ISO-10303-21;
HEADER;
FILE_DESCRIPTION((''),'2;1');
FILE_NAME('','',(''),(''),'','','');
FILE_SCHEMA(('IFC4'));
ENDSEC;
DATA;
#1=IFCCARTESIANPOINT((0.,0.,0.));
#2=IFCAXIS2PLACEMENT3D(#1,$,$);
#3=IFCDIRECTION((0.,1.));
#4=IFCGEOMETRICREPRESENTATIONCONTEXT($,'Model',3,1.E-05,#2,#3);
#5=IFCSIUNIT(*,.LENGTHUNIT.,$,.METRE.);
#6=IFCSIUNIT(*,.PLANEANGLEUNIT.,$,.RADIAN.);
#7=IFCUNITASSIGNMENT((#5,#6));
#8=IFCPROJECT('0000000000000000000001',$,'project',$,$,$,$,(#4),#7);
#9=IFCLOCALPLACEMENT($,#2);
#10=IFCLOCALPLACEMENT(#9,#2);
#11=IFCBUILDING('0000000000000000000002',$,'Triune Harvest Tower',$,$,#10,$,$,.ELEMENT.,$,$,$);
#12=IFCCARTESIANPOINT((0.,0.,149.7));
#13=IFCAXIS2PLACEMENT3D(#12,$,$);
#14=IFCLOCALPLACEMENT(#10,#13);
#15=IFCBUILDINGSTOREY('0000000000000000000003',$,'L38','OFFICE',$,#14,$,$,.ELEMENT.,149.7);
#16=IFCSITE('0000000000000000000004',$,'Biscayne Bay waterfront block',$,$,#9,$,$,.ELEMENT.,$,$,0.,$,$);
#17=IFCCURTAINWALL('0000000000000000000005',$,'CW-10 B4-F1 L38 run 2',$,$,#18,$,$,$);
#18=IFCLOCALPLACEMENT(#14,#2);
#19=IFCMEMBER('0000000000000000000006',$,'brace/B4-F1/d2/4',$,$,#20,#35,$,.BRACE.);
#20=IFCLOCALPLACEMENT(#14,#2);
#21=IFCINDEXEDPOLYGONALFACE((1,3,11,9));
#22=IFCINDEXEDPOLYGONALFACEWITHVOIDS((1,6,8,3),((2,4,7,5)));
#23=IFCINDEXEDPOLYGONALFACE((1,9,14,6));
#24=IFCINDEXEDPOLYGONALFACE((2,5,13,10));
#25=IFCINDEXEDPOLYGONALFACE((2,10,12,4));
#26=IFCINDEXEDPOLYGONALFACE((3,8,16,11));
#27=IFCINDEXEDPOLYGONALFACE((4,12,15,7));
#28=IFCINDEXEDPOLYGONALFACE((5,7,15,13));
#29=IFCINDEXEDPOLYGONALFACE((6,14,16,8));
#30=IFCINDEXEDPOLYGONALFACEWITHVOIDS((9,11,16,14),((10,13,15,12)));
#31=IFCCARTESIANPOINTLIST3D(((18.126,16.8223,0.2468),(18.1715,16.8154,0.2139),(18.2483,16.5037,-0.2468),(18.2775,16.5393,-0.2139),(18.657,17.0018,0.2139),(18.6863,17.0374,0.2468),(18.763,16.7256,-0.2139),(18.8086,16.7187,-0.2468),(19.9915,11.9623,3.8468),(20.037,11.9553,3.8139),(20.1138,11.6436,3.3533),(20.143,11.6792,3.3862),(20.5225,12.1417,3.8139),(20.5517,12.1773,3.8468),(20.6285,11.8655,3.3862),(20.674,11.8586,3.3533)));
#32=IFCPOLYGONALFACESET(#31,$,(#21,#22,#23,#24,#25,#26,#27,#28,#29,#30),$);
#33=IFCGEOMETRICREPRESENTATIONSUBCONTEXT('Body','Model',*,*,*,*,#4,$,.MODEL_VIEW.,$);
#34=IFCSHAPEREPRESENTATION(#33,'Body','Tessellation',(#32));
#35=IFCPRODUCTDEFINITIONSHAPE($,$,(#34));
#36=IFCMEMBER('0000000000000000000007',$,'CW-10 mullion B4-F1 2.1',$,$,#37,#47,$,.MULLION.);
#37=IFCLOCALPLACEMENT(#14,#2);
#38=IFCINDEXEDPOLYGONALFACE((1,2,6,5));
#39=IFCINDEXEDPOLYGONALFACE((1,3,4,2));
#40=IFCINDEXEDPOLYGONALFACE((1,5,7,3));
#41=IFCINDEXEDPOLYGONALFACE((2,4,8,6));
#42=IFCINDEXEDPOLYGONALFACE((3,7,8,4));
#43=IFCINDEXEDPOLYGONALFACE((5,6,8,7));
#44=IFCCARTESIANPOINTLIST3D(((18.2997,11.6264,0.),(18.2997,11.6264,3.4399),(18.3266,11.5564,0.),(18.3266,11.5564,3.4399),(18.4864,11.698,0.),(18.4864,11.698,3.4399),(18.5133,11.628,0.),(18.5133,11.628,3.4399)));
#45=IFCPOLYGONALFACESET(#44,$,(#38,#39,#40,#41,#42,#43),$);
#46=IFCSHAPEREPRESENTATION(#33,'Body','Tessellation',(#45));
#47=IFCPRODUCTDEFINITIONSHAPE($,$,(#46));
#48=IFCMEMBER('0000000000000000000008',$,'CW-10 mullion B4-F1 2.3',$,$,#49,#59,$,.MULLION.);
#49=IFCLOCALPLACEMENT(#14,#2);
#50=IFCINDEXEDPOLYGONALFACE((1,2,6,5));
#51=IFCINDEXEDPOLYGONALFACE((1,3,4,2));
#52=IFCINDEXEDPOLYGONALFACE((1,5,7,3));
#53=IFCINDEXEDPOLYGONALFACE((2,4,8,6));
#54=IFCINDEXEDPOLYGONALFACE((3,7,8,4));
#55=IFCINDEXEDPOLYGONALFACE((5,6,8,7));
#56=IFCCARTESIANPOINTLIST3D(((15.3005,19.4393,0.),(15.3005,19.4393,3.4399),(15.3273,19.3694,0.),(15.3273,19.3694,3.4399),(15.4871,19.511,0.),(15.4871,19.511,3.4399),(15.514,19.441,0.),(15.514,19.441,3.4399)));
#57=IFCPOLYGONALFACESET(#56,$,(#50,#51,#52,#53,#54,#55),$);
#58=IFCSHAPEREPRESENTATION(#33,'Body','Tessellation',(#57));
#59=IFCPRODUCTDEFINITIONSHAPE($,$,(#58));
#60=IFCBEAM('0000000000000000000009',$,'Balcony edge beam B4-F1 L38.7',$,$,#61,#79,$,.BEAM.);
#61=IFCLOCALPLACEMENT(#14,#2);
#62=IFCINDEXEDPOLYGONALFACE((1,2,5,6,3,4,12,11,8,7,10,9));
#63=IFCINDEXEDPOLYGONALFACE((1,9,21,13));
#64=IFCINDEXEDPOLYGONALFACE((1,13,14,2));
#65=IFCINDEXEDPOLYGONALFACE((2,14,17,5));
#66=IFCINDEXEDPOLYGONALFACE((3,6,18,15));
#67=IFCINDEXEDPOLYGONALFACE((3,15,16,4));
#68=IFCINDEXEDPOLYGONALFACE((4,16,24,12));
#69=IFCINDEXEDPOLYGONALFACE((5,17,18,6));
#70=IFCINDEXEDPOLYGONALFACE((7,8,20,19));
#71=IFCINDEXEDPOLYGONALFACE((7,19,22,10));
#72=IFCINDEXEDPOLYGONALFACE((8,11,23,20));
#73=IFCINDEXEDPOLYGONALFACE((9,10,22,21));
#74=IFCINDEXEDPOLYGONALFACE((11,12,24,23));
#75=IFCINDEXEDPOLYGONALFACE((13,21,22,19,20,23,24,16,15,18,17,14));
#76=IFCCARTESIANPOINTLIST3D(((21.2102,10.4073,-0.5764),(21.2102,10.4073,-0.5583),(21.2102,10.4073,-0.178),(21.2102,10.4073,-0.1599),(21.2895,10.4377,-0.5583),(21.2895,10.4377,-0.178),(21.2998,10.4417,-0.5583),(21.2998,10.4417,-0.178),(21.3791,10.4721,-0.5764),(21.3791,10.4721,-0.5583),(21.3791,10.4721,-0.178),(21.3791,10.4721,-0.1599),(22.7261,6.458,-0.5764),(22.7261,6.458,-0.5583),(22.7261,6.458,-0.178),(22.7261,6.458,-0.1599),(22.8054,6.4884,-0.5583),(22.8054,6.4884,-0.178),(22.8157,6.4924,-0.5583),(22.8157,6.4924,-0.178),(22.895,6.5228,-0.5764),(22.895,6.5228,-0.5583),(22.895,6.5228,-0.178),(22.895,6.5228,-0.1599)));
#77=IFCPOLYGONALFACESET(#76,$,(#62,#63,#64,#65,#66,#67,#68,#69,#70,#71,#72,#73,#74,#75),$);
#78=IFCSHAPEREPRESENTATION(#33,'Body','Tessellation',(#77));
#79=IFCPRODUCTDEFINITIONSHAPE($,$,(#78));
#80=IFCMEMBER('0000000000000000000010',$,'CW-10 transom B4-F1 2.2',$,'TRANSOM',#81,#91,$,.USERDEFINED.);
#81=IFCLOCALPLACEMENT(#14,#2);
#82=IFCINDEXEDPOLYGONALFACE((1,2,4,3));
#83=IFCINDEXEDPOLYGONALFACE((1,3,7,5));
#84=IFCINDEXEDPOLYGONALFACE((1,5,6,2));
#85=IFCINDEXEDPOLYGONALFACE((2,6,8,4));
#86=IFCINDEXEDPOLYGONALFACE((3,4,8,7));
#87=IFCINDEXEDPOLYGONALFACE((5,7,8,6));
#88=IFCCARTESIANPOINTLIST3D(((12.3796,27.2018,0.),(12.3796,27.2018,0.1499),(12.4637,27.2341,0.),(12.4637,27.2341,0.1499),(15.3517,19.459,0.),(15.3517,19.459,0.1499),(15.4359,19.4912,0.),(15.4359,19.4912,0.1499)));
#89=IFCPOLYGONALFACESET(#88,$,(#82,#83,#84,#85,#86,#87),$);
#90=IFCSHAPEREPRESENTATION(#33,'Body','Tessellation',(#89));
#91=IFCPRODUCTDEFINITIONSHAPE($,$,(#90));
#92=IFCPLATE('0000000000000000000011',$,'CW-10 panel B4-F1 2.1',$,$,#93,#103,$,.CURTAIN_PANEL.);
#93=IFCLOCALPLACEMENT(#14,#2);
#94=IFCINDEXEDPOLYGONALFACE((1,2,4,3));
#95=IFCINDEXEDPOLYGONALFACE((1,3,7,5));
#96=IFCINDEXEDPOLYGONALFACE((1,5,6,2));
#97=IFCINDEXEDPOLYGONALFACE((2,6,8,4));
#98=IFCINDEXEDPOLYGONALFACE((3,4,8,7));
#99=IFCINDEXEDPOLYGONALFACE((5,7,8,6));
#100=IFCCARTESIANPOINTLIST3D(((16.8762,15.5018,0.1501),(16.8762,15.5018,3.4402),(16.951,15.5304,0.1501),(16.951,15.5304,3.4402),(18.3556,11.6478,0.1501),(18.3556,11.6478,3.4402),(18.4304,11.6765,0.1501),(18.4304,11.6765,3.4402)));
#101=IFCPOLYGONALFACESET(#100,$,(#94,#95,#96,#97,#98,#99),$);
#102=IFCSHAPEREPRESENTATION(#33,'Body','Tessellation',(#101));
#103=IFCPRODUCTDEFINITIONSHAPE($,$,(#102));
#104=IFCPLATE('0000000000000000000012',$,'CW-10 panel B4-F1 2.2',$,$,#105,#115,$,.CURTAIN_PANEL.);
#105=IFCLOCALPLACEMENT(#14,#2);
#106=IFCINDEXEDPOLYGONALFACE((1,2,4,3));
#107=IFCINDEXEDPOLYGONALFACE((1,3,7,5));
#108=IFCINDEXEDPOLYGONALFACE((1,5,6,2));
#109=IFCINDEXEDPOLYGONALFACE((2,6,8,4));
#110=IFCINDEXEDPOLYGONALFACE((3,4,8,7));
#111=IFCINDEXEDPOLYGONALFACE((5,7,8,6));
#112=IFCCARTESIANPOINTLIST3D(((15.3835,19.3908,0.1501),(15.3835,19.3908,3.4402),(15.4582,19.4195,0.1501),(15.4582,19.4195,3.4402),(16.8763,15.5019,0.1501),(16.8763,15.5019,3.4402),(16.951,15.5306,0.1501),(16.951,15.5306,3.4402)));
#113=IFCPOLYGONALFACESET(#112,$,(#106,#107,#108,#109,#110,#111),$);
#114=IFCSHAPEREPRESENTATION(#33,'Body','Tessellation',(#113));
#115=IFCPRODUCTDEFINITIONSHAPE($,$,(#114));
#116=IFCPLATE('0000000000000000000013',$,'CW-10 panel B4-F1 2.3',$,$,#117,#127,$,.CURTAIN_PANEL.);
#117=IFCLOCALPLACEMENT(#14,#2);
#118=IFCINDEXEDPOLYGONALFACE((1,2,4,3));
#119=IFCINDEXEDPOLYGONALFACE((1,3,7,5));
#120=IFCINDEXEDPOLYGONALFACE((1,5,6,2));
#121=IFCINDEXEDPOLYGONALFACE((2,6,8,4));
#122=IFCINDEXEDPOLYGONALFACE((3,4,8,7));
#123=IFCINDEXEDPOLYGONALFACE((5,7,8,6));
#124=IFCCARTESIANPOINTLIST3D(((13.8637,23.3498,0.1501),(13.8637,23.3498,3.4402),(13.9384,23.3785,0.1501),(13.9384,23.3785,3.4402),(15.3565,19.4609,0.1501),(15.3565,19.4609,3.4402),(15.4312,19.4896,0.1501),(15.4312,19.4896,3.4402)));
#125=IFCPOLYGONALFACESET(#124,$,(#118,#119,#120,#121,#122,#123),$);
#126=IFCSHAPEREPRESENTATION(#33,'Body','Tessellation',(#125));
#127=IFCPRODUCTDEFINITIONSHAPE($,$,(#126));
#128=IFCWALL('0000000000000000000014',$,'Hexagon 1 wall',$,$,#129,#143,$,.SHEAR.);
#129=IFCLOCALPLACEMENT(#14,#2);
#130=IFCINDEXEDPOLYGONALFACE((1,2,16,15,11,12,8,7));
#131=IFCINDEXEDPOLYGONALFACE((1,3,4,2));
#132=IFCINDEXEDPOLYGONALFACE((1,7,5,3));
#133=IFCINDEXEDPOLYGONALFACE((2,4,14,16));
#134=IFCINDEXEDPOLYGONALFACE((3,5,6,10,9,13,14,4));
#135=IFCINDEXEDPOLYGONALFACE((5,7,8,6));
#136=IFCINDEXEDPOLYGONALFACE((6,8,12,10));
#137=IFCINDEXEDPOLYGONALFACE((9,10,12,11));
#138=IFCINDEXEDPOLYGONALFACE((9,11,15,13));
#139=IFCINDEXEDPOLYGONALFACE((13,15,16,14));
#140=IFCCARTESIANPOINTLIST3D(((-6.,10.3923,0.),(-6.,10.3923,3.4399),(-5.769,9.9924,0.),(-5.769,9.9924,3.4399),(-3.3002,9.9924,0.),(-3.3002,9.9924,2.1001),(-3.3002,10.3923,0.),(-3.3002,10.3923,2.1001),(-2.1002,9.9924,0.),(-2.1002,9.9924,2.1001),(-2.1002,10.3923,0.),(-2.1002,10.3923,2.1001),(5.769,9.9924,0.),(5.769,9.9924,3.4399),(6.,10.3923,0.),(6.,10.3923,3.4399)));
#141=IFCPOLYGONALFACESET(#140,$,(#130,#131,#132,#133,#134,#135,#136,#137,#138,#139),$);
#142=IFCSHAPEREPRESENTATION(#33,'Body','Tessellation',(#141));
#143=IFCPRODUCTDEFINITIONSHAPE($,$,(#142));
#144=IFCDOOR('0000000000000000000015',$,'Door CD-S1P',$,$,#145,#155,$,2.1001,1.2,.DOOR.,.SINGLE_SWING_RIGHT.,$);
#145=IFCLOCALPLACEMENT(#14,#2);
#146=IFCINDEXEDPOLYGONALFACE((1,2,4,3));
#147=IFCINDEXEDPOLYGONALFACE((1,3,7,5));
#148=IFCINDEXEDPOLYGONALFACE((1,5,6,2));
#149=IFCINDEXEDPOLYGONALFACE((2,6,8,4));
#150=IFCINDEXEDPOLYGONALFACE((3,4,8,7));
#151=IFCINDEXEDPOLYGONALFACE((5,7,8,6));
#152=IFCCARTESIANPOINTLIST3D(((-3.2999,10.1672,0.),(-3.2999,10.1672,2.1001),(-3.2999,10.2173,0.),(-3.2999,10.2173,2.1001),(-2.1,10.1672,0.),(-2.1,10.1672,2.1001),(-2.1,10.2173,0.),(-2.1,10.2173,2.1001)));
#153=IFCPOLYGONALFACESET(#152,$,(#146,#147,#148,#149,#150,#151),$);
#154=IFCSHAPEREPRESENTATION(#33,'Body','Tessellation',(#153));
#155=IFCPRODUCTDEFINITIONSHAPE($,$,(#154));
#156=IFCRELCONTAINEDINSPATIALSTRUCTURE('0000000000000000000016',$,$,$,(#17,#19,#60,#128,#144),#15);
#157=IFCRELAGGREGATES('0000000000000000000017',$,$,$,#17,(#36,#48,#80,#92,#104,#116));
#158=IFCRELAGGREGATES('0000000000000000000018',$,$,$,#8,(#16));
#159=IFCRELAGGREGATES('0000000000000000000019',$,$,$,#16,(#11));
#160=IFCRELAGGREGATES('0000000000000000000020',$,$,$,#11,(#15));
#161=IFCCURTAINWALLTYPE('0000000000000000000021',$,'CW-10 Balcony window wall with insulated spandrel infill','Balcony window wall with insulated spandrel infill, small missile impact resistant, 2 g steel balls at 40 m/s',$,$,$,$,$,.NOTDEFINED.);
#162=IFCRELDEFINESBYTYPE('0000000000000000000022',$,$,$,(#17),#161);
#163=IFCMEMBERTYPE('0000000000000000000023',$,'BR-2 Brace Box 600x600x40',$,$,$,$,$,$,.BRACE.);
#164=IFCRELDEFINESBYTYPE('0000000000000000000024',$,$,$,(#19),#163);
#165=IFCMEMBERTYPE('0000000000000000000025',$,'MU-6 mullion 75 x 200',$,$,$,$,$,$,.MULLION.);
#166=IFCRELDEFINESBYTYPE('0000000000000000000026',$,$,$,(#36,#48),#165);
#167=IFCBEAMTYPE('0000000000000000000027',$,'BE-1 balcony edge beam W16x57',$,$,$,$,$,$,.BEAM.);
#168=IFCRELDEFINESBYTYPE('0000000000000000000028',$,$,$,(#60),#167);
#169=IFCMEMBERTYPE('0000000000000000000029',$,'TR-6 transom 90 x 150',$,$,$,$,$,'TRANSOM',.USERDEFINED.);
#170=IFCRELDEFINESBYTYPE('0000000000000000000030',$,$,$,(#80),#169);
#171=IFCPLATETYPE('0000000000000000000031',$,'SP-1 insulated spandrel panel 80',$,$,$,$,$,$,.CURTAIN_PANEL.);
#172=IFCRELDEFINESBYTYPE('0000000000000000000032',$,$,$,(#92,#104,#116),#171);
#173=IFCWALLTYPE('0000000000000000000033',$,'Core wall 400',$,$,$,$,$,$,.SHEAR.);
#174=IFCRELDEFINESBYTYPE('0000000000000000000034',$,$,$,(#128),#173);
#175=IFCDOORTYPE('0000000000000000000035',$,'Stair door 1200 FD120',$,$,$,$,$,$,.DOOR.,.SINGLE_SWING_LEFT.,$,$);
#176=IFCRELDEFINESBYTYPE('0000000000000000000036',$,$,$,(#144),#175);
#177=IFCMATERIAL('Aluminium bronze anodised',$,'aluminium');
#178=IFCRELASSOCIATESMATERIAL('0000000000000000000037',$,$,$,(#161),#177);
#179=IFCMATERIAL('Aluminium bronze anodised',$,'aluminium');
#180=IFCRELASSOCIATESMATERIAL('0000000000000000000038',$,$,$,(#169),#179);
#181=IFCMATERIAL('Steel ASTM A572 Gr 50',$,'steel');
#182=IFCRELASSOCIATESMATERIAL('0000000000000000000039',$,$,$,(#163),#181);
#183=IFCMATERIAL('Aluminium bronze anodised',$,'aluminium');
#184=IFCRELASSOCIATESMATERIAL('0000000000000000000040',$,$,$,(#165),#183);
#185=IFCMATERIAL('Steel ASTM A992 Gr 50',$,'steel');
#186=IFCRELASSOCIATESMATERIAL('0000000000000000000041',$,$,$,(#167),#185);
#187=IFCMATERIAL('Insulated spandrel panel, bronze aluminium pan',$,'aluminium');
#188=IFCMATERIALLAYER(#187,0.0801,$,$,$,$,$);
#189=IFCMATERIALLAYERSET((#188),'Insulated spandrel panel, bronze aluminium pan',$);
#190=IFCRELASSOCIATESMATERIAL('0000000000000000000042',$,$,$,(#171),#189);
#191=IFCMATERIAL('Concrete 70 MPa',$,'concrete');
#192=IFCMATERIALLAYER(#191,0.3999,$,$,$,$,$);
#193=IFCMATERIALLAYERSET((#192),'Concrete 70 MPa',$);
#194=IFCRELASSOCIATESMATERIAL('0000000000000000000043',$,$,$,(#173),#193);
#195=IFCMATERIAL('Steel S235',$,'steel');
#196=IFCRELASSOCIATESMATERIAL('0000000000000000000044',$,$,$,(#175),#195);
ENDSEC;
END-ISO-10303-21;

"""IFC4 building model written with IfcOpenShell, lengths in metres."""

from ifc_helpers import new_model, si_unit, direction, frame, frame_2d, origin, origin_2d, place, context, subcontext, project, spatial, polyline, rectangle, hollow_rectangle, i_section, outline, extrude, source, transform, mapped, material, layer, layer_set, material_profile, profile_set, type_object, element, fill, aggregate, save


model = new_model("IFC4")

# Units and contexts
model_context = context("Model", 3, precision=1e-05, world=origin(), true_north=direction((0.0, 1.0)))
body_context = subcontext(model_context, "Body", "Model", "MODEL_VIEW")
ifc_project = project(units=[si_unit("LENGTHUNIT", "METRE"), si_unit("PLANEANGLEUNIT", "RADIAN")], contexts=[model_context])

# Site, building, storey
site_placement = place(None, origin())
site = spatial("IfcSite", under=ifc_project, at=site_placement, Name="Biscayne Bay waterfront block", CompositionType="ELEMENT", RefElevation=0.0)
building_placement = place(site_placement, origin())
building = spatial("IfcBuilding", under=site, at=building_placement, Name="Triune Harvest Tower", CompositionType="ELEMENT")
storey_placement = place(building_placement, frame((0.0, 0.0, 149.7)))
storey = spatial("IfcBuildingStorey", under=building, at=storey_placement, Name="L38", Description="OFFICE", CompositionType="ELEMENT", Elevation=149.7)

# Curtain wall
ifc_material_1 = material(Name="Aluminium bronze anodised", Category="aluminium")
curtain_wall_type = type_object("IfcCurtainWallType", Name="CW-10 Balcony window wall with insulated spandrel infill", Description="Balcony window wall with insulated spandrel infill, small missile impact resistant, 2 g steel balls at 40 m/s", PredefinedType="NOTDEFINED", material=ifc_material_1)
curtain_wall_placement = place(storey_placement, origin())
curtain_wall = element("IfcCurtainWall", 1, at=curtain_wall_placement, inside=storey, type_object=curtain_wall_type, Name="CW-10 B4-F1 L38 run 2")
ifc_material_2 = material(Name="Aluminium bronze anodised", Category="aluminium")
ifc_material_profile_1 = material_profile(ifc_material_2, rectangle(XDim=0.0901, YDim=0.1499, at=origin_2d()), Name="TR-6 transom 90 x 150")
ifc_profile_set_1 = profile_set([ifc_material_profile_1], Name="Aluminium bronze anodised")
member_type_1 = type_object("IfcMemberType", Name="TR-6 transom 90 x 150", ElementType="TRANSOM", PredefinedType="USERDEFINED", material=ifc_profile_set_1)

# Members
ifc_material_3 = material(Name="Steel ASTM A572 Gr 50", Category="steel")
ifc_material_profile_2 = material_profile(ifc_material_3, hollow_rectangle(XDim=0.6001, YDim=0.6001, WallThickness=0.04, at=origin_2d()), Name="Box 600x600x40")
ifc_profile_set_2 = profile_set([ifc_material_profile_2], Name="Steel ASTM A572 Gr 50")
member_type_2 = type_object("IfcMemberType", Name="BR-2 Brace Box 600x600x40", PredefinedType="BRACE", material=ifc_profile_set_2)
shared_shape_1 = source(origin(), body_context, "Body", "SweptSolid", [
    extrude(hollow_rectangle(XDim=0.6001, YDim=0.6001, WallThickness=0.04, at=origin_2d()), origin(), (0.0, 0.0, 1.0), 6.3293),
])
member_1_placement = place(storey_placement, frame((18.4673, 16.7705, 0.0), z_axis=(0.294732, -0.767862, 0.568789), x_axis=(0.93359, 0.358344, 0.0)))
element("IfcMember", 2, at=member_1_placement, inside=storey, type_object=member_type_2, Name="brace/B4-F1/d2/4", PredefinedType="BRACE", context=body_context, shape_type="MappedRepresentation", body=[
    mapped(shared_shape_1, transform((0.0, 0.0, 0.0), scale=1.0)),
])
ifc_material_4 = material(Name="Aluminium bronze anodised", Category="aluminium")
ifc_material_profile_3 = material_profile(ifc_material_4, rectangle(XDim=0.2, YDim=0.075, at=origin_2d()), Name="MU-6 mullion 75 x 200")
ifc_profile_set_3 = profile_set([ifc_material_profile_3], Name="Aluminium bronze anodised")
member_type_3 = type_object("IfcMemberType", Name="MU-6 mullion 75 x 200", PredefinedType="MULLION", material=ifc_profile_set_3)
shared_shape_2 = source(origin(), body_context, "Body", "SweptSolid", [
    extrude(rectangle(XDim=0.2, YDim=0.075, at=origin_2d()), origin(), (0.0, 0.0, 1.0), 3.4399),
])
member_2_placement = place(storey_placement, frame((18.4065, 11.6272, 0.0), z_axis=(0.0, 0.0, 1.0), x_axis=(-0.933579, -0.358371, 0.0)))
member_2 = element("IfcMember", 3, at=member_2_placement, type_object=member_type_3, Name="CW-10 mullion B4-F1 2.1", PredefinedType="MULLION", context=body_context, shape_type="MappedRepresentation", body=[
    mapped(shared_shape_2, transform((0.0, 0.0, 0.0), scale=1.0)),
])
member_3_placement = place(storey_placement, frame((15.4072, 19.4402, 0.0), z_axis=(0.0, 0.0, 1.0), x_axis=(-0.933579, -0.358371, 0.0)))
member_3 = element("IfcMember", 4, at=member_3_placement, type_object=member_type_3, Name="CW-10 mullion B4-F1 2.3", PredefinedType="MULLION", context=body_context, shape_type="MappedRepresentation", body=[
    mapped(shared_shape_2, transform((0.0, 0.0, 0.0), scale=1.0)),
])

# Beam
ifc_material_5 = material(Name="Steel ASTM A992 Gr 50", Category="steel")
ifc_material_profile_4 = material_profile(ifc_material_5, i_section(OverallWidth=0.1809, OverallDepth=0.4165, WebThickness=0.011, FlangeThickness=0.0181, at=origin_2d()), Name="W16x57")
ifc_profile_set_4 = profile_set([ifc_material_profile_4], Name="Steel ASTM A992 Gr 50")
beam_type_1 = type_object("IfcBeamType", Name="BE-1 balcony edge beam W16x57", PredefinedType="BEAM", material=ifc_profile_set_4)
shared_shape_3 = source(origin(), body_context, "Body", "SweptSolid", [
    extrude(i_section(OverallWidth=0.1809, OverallDepth=0.4165, WebThickness=0.011, FlangeThickness=0.0181, at=origin_2d()), origin(), (0.0, 0.0, 1.0), 4.2302),
])
beam_1_placement = place(storey_placement, frame((21.2947, 10.4397, -0.3682), z_axis=(0.358349, -0.933588, 0.0), x_axis=(0.933588, 0.358349, 0.0)))
element("IfcBeam", 5, at=beam_1_placement, inside=storey, type_object=beam_type_1, Name="Balcony edge beam B4-F1 L38.7", PredefinedType="BEAM", context=body_context, shape_type="MappedRepresentation", body=[
    mapped(shared_shape_3, transform((0.0, 0.0, 0.0), scale=1.0)),
])

# Member
shared_shape_4 = source(origin(), body_context, "Body", "SweptSolid", [
    extrude(rectangle(XDim=0.0901, YDim=0.1499, at=origin_2d()), origin(), (0.0, 0.0, 1.0), 8.2937),
])
member_4_placement = place(storey_placement, frame((15.3938, 19.4751, 0.075), z_axis=(-0.358362, 0.933583, 0.0), x_axis=(-0.933583, -0.358362, 0.0)))
member_4 = element("IfcMember", 6, at=member_4_placement, type_object=member_type_1, Name="CW-10 transom B4-F1 2.2", ObjectType="TRANSOM", PredefinedType="USERDEFINED", context=body_context, shape_type="MappedRepresentation", body=[
    mapped(shared_shape_4, transform((0.0, 0.0, 0.0), scale=1.0)),
])

# Plates
ifc_material_6 = material(Name="Insulated spandrel panel, bronze aluminium pan", Category="aluminium")
ifc_layer_1 = layer(ifc_material_6, 0.0801)
ifc_layer_set_1 = layer_set([ifc_layer_1], Name="Insulated spandrel panel, bronze aluminium pan")
plate_type = type_object("IfcPlateType", Name="SP-1 insulated spandrel panel 80", PredefinedType="CURTAIN_PANEL", material=ifc_layer_set_1)
shared_shape_5 = source(origin(), body_context, "Body", "SweptSolid", [
    extrude(rectangle(XDim=4.1282, YDim=0.0801, at=origin_2d()), origin(), (0.0, 0.0, 1.0), 3.29),
])
plate_1_placement = place(storey_placement, frame((17.6533, 13.5891, 0.1501), z_axis=(0.0, 0.0, 1.0), x_axis=(-0.358371, 0.933579, 0.0)))
plate_1 = element("IfcPlate", 7, at=plate_1_placement, type_object=plate_type, Name="CW-10 panel B4-F1 2.1", PredefinedType="CURTAIN_PANEL", context=body_context, shape_type="MappedRepresentation", body=[
    mapped(shared_shape_5, transform((0.0, 0.0, 0.0), scale=1.0)),
])
shared_shape_6 = source(origin(), body_context, "Body", "SweptSolid", [
    extrude(rectangle(XDim=4.1655, YDim=0.0801, at=origin_2d()), origin(), (0.0, 0.0, 1.0), 3.29),
])
plate_2_placement = place(storey_placement, frame((16.1672, 17.4607, 0.1501), z_axis=(0.0, 0.0, 1.0), x_axis=(-0.358371, 0.933579, 0.0)))
plate_2 = element("IfcPlate", 8, at=plate_2_placement, type_object=plate_type, Name="CW-10 panel B4-F1 2.2", PredefinedType="CURTAIN_PANEL", context=body_context, shape_type="MappedRepresentation", body=[
    mapped(shared_shape_6, transform((0.0, 0.0, 0.0), scale=1.0)),
])
plate_3_placement = place(storey_placement, frame((14.6475, 21.4197, 0.1501), z_axis=(0.0, 0.0, 1.0), x_axis=(-0.358371, 0.933579, 0.0)))
plate_3 = element("IfcPlate", 9, at=plate_3_placement, type_object=plate_type, Name="CW-10 panel B4-F1 2.3", PredefinedType="CURTAIN_PANEL", context=body_context, shape_type="MappedRepresentation", body=[
    mapped(shared_shape_6, transform((0.0, 0.0, 0.0), scale=1.0)),
])
aggregate(curtain_wall, [member_2, member_3, member_4, plate_1, plate_2, plate_3])

# Wall, opening, door
ifc_material_7 = material(Name="Concrete 70 MPa", Category="concrete")
ifc_layer_2 = layer(ifc_material_7, 0.3999)
ifc_layer_set_2 = layer_set([ifc_layer_2], Name="Concrete 70 MPa")
wall_type_1 = type_object("IfcWallType", Name="Core wall 400", PredefinedType="SHEAR", material=ifc_layer_set_2)
shared_shape_7 = source(origin(), body_context, "Body", "SweptSolid", [
    extrude(outline(polyline([(-0.1155, -0.2), (11.8845, -0.2), (11.6536, 0.2), (0.1155, 0.2), (-0.1155, -0.2)])), origin(), (0.0, 0.0, 1.0), 3.4399),
])
wall_1_placement = place(storey_placement, frame((5.8845, 10.1924, 0.0), z_axis=(0.0, 0.0, 1.0), x_axis=(-1.0, 0.0, 0.0)))
wall_1 = element("IfcWall", 10, at=wall_1_placement, inside=storey, type_object=wall_type_1, Name="Hexagon 1 wall", PredefinedType="SHEAR", context=body_context, shape_type="MappedRepresentation", body=[
    mapped(shared_shape_7, transform((0.0, 0.0, 0.0), scale=1.0)),
])
opening_1_placement = place(wall_1_placement, frame((7.9846, 0.0, 0.0)))
opening_1 = element("IfcOpeningElement", 11, at=opening_1_placement, cuts=wall_1, PredefinedType="OPENING", context=body_context, shape_type="SweptSolid", body=[
    extrude(rectangle(XDim=1.2, YDim=2.1001, at=frame_2d((0.6001, 1.05))), frame((0.0, 0.21, 0.0), z_axis=(0.0, -1.0, 0.0), x_axis=(1.0, 0.0, 0.0)), (0.0, 0.0, 1.0), 0.4199),
])
ifc_material_8 = material(Name="Steel S235", Category="steel")
door_type_1 = type_object("IfcDoorType", Name="Stair door 1200 FD120", OperationType="SINGLE_SWING_LEFT", PredefinedType="DOOR", material=ifc_material_8)
door_1_placement = place(opening_1_placement, frame((1.2, 0.0, 0.0), z_axis=(0.0, 0.0, 1.0), x_axis=(-1.0, 0.0, 0.0)))
door_1 = element("IfcDoor", 12, at=door_1_placement, inside=storey, type_object=door_type_1, Name="Door CD-S1P", OperationType="SINGLE_SWING_RIGHT", OverallHeight=2.1001, OverallWidth=1.2, PredefinedType="DOOR", context=body_context, shape_type="SweptSolid", body=[
    extrude(rectangle(XDim=1.2, YDim=2.1001, at=frame_2d((0.6001, 1.05))), frame((0.0, 0.0249, 0.0), z_axis=(0.0, -1.0, 0.0), x_axis=(1.0, 0.0, 0.0)), (0.0, 0.0, 1.0), 0.05),
])
fill(opening_1, door_1)

save(model, "model.ifc")
